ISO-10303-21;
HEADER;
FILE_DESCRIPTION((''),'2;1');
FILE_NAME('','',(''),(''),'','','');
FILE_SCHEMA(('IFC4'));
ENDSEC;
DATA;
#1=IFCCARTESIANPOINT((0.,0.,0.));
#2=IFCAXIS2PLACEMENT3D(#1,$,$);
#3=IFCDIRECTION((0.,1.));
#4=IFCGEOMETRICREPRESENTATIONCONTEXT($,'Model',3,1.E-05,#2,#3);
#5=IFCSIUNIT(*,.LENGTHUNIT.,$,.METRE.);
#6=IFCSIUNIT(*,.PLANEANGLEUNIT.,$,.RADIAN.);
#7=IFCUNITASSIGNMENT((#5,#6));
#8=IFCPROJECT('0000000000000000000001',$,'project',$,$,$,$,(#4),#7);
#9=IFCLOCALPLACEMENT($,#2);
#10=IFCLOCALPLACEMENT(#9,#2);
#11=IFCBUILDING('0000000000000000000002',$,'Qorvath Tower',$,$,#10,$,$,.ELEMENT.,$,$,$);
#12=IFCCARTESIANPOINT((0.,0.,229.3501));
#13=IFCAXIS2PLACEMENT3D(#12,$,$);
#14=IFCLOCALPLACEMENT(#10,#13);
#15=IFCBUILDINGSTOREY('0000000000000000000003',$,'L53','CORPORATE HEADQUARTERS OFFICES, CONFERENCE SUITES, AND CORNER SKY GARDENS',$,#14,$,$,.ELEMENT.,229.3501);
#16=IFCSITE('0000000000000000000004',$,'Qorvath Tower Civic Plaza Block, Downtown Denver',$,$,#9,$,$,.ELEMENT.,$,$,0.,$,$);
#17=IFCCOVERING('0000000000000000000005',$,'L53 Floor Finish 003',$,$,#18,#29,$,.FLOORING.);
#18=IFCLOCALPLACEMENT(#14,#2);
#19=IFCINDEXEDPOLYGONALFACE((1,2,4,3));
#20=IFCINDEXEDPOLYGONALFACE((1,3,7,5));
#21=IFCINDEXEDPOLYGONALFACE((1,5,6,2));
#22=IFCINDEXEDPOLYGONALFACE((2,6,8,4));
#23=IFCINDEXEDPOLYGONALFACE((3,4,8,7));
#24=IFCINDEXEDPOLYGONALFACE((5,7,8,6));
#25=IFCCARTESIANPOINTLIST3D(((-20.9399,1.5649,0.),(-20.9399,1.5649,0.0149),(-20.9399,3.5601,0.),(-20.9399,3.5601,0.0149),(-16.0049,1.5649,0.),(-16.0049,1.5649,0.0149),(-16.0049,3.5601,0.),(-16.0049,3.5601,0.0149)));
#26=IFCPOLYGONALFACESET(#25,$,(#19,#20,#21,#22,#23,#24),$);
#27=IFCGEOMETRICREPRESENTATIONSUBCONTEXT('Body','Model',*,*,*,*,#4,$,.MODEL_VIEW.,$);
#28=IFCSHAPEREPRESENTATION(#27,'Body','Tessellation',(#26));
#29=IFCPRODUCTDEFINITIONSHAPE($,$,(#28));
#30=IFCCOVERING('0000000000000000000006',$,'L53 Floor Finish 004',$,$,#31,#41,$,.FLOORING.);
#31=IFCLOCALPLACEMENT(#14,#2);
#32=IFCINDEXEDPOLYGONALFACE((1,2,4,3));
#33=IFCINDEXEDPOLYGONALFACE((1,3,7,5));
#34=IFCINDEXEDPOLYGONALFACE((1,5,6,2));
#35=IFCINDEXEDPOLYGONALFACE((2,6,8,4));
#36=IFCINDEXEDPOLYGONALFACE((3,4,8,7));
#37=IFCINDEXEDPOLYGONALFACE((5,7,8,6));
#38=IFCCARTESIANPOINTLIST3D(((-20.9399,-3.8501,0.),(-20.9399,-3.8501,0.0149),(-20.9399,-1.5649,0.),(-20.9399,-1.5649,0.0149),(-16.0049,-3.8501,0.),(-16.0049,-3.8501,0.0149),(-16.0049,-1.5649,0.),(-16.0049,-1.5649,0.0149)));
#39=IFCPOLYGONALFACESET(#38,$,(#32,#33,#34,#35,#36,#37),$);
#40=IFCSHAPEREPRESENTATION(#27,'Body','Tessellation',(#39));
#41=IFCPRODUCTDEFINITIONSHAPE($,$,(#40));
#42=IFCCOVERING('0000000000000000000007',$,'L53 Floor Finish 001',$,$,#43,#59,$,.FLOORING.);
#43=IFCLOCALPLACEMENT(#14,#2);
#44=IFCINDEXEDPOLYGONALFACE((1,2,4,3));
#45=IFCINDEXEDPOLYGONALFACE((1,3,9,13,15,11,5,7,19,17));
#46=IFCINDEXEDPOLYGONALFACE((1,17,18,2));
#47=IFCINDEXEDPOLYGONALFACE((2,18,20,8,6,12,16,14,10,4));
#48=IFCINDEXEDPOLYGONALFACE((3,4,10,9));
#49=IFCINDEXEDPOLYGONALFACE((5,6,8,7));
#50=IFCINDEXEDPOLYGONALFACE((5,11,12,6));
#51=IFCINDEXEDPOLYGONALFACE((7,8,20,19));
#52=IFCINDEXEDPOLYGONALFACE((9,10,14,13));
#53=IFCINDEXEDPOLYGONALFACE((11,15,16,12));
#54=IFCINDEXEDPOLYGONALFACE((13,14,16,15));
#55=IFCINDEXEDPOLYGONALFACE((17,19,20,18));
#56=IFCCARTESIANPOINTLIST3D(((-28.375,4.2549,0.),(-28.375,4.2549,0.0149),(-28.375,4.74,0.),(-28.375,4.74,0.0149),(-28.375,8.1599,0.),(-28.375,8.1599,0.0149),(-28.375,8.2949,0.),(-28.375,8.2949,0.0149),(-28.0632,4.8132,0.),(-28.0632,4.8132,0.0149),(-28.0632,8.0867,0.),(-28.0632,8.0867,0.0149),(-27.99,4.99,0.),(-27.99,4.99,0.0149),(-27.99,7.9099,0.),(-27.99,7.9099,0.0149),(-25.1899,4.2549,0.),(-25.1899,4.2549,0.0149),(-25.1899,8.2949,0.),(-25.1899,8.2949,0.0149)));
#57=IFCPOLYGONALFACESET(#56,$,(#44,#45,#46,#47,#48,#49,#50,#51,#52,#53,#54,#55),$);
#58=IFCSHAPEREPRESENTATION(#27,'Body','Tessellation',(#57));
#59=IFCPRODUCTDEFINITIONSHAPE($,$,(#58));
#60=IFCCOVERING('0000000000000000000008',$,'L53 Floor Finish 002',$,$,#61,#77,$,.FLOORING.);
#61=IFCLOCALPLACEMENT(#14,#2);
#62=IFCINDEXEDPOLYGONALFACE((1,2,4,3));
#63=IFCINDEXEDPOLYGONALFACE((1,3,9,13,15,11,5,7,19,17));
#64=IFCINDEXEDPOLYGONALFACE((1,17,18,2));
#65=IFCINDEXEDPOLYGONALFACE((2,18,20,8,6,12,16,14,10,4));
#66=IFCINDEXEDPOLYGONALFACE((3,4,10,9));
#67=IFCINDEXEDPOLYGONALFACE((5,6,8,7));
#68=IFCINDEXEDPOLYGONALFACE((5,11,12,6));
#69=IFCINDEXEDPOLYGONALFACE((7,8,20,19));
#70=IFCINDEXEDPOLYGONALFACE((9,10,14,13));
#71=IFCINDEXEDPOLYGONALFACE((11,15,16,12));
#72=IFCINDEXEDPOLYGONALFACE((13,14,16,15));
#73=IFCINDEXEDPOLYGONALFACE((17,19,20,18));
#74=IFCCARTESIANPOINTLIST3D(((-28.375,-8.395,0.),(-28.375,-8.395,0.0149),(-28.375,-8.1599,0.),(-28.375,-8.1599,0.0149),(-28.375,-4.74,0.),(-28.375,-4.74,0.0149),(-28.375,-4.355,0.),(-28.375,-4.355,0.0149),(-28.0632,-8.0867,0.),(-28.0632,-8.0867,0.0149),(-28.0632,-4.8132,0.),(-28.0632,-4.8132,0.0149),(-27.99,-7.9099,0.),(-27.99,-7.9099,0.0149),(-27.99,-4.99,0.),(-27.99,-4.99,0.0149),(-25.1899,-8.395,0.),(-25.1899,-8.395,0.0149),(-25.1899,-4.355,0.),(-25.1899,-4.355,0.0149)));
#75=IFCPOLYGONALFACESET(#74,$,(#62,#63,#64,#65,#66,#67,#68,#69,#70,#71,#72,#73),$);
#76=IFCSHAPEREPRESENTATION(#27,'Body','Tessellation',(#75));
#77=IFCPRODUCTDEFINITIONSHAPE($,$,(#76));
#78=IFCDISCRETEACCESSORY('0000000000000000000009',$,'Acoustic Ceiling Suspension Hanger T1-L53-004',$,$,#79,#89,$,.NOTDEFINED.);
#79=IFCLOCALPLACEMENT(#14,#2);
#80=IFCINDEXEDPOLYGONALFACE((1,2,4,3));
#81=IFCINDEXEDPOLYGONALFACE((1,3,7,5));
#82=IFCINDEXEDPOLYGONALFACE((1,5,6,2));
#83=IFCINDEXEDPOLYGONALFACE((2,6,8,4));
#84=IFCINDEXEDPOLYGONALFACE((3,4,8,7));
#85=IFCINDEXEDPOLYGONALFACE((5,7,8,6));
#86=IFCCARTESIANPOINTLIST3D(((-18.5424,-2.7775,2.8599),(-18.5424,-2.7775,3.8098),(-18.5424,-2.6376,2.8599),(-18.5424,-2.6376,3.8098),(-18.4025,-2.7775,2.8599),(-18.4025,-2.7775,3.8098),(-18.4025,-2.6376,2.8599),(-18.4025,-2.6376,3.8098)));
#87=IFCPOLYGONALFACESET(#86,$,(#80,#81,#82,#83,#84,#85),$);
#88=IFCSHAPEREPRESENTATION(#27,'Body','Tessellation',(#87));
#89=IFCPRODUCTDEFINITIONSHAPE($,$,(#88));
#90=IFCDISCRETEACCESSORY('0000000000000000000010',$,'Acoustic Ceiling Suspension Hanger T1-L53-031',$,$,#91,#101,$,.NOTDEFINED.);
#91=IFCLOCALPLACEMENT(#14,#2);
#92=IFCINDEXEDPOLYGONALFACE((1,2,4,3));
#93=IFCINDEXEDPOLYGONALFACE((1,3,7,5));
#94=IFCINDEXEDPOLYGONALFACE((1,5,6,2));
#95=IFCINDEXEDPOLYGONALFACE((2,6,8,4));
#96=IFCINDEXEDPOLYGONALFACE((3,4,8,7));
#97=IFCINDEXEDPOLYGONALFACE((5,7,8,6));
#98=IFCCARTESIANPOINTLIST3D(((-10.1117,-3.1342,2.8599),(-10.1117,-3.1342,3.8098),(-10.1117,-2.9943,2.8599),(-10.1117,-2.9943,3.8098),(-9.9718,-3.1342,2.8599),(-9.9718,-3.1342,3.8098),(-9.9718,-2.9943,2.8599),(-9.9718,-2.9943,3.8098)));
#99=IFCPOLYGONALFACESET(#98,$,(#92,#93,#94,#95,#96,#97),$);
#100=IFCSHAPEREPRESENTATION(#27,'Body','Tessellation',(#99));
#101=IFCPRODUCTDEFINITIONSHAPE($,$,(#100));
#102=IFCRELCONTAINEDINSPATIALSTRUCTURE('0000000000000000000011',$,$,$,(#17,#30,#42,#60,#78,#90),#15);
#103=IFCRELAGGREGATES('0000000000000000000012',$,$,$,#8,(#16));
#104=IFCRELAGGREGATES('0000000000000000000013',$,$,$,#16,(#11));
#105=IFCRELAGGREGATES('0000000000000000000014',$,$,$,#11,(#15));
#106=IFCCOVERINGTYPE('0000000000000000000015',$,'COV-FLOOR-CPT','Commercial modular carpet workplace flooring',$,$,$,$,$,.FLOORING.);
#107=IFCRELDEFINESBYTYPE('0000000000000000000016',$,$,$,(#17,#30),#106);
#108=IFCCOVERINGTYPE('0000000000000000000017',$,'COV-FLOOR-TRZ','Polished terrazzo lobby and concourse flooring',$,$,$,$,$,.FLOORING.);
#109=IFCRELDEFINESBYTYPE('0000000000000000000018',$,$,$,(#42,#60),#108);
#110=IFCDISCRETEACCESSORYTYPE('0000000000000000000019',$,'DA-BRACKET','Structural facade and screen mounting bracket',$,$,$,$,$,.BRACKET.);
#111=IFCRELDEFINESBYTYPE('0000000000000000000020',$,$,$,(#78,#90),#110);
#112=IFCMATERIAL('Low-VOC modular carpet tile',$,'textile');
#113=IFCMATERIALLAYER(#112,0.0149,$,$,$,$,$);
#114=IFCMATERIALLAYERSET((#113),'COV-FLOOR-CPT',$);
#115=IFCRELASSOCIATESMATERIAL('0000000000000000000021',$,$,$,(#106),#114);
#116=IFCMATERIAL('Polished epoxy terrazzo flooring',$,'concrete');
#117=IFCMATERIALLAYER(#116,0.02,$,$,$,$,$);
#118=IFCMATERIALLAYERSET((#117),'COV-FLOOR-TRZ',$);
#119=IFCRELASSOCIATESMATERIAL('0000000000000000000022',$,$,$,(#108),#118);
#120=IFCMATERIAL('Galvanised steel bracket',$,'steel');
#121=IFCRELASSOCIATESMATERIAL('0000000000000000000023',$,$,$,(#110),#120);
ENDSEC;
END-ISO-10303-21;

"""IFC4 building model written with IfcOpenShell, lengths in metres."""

from ifc_helpers import new_model, si_unit, direction, frame, origin, origin_2d, place, context, subcontext, project, spatial, polyline, rectangle, outline, extrude, material, layer, layer_set, type_object, element, save


model = new_model("IFC4")

# Units and contexts
model_context = context("Model", 3, precision=1e-05, world=origin(), true_north=direction((0.0, 1.0)))
body_context = subcontext(model_context, "Body", "Model", "MODEL_VIEW")
ifc_project = project(units=[si_unit("LENGTHUNIT", "METRE"), si_unit("PLANEANGLEUNIT", "RADIAN")], contexts=[model_context])

# Site, building, storey
site_placement = place(None, origin())
site = spatial("IfcSite", under=ifc_project, at=site_placement, Name="Qorvath Tower Civic Plaza Block, Downtown Denver", CompositionType="ELEMENT", RefElevation=0.0)
building_placement = place(site_placement, origin())
building = spatial("IfcBuilding", under=site, at=building_placement, Name="Qorvath Tower", CompositionType="ELEMENT")
storey_placement = place(building_placement, frame((0.0, 0.0, 229.3501)))
storey = spatial("IfcBuildingStorey", under=building, at=storey_placement, Name="L53", Description="CORPORATE HEADQUARTERS OFFICES, CONFERENCE SUITES, AND CORNER SKY GARDENS", CompositionType="ELEMENT", Elevation=229.3501)

# Coverings
ifc_material_1 = material(Name="Low-VOC modular carpet tile", Category="textile")
ifc_layer_1 = layer(ifc_material_1, 0.0149)
ifc_layer_set_1 = layer_set([ifc_layer_1], Name="COV-FLOOR-CPT")
covering_type_1 = type_object("IfcCoveringType", Name="COV-FLOOR-CPT", Description="Commercial modular carpet workplace flooring", PredefinedType="FLOORING", material=ifc_layer_set_1)
covering_1_placement = place(storey_placement, origin())
element("IfcCovering", 1, at=covering_1_placement, inside=storey, type_object=covering_type_1, Name="L53 Floor Finish 003", PredefinedType="FLOORING", context=body_context, shape_type="SweptSolid", body=[
    extrude(outline(polyline([(-16.0049, 3.5601), (-20.9399, 3.5601), (-20.9399, 1.5649), (-16.0049, 1.5649), (-16.0049, 3.5601)])), origin(), (0.0, 0.0, 1.0), 0.0149),
])
covering_2_placement = place(storey_placement, origin())
element("IfcCovering", 2, at=covering_2_placement, inside=storey, type_object=covering_type_1, Name="L53 Floor Finish 004", PredefinedType="FLOORING", context=body_context, shape_type="SweptSolid", body=[
    extrude(outline(polyline([(-20.9399, -1.5649), (-20.9399, -3.8501), (-16.0049, -3.8501), (-16.0049, -1.5649), (-20.9399, -1.5649)])), origin(), (0.0, 0.0, 1.0), 0.0149),
])
ifc_material_2 = material(Name="Polished epoxy terrazzo flooring", Category="concrete")
ifc_layer_2 = layer(ifc_material_2, 0.02)
ifc_layer_set_2 = layer_set([ifc_layer_2], Name="COV-FLOOR-TRZ")
covering_type_2 = type_object("IfcCoveringType", Name="COV-FLOOR-TRZ", Description="Polished terrazzo lobby and concourse flooring", PredefinedType="FLOORING", material=ifc_layer_set_2)
covering_3_placement = place(storey_placement, origin())
element("IfcCovering", 3, at=covering_3_placement, inside=storey, type_object=covering_type_2, Name="L53 Floor Finish 001", PredefinedType="FLOORING", context=body_context, shape_type="SweptSolid", body=[
    extrude(outline(polyline([(-25.1899, 4.2549), (-25.1899, 8.2949), (-28.375, 8.2949), (-28.375, 8.1599), (-28.0632, 8.0867), (-27.99, 7.9099), (-27.99, 4.99), (-28.0632, 4.8132), (-28.375, 4.74), (-28.375, 4.2549), (-25.1899, 4.2549)])), origin(), (0.0, 0.0, 1.0), 0.0149),
])
covering_4_placement = place(storey_placement, origin())
element("IfcCovering", 4, at=covering_4_placement, inside=storey, type_object=covering_type_2, Name="L53 Floor Finish 002", PredefinedType="FLOORING", context=body_context, shape_type="SweptSolid", body=[
    extrude(outline(polyline([(-25.1899, -8.395), (-25.1899, -4.355), (-28.375, -4.355), (-28.375, -4.74), (-28.0632, -4.8132), (-27.99, -4.99), (-27.99, -7.9099), (-28.0632, -8.0867), (-28.375, -8.1599), (-28.375, -8.395), (-25.1899, -8.395)])), origin(), (0.0, 0.0, 1.0), 0.0149),
])

# Discrete accessories
ifc_material_3 = material(Name="Galvanised steel bracket", Category="steel")
discrete_accessory_type = type_object("IfcDiscreteAccessoryType", Name="DA-BRACKET", Description="Structural facade and screen mounting bracket", PredefinedType="BRACKET", material=ifc_material_3)
for number, where, z_axis, x_axis, name in (
    (5, (-18.4724, -2.7075, 2.8599), (0.0, 0.0, 1.0), (1.0, 0.0, 0.0), "Acoustic Ceiling Suspension Hanger T1-L53-004"),
    (6, (-10.0417, -3.0642, 2.8599), (0.0, 0.0, 1.0), (1.0, 0.0, 0.0), "Acoustic Ceiling Suspension Hanger T1-L53-031"),
):
    element("IfcDiscreteAccessory", number, at=place(storey_placement, frame(where, z_axis=z_axis, x_axis=x_axis)), inside=storey, type_object=discrete_accessory_type, Name=name, PredefinedType="NOTDEFINED", context=body_context, shape_type="SweptSolid", body=[
        extrude(rectangle(XDim=0.1399, YDim=0.1399, at=origin_2d()), origin(), (0.0, 0.0, 1.0), 0.95),
    ])

save(model, "model.ifc")
